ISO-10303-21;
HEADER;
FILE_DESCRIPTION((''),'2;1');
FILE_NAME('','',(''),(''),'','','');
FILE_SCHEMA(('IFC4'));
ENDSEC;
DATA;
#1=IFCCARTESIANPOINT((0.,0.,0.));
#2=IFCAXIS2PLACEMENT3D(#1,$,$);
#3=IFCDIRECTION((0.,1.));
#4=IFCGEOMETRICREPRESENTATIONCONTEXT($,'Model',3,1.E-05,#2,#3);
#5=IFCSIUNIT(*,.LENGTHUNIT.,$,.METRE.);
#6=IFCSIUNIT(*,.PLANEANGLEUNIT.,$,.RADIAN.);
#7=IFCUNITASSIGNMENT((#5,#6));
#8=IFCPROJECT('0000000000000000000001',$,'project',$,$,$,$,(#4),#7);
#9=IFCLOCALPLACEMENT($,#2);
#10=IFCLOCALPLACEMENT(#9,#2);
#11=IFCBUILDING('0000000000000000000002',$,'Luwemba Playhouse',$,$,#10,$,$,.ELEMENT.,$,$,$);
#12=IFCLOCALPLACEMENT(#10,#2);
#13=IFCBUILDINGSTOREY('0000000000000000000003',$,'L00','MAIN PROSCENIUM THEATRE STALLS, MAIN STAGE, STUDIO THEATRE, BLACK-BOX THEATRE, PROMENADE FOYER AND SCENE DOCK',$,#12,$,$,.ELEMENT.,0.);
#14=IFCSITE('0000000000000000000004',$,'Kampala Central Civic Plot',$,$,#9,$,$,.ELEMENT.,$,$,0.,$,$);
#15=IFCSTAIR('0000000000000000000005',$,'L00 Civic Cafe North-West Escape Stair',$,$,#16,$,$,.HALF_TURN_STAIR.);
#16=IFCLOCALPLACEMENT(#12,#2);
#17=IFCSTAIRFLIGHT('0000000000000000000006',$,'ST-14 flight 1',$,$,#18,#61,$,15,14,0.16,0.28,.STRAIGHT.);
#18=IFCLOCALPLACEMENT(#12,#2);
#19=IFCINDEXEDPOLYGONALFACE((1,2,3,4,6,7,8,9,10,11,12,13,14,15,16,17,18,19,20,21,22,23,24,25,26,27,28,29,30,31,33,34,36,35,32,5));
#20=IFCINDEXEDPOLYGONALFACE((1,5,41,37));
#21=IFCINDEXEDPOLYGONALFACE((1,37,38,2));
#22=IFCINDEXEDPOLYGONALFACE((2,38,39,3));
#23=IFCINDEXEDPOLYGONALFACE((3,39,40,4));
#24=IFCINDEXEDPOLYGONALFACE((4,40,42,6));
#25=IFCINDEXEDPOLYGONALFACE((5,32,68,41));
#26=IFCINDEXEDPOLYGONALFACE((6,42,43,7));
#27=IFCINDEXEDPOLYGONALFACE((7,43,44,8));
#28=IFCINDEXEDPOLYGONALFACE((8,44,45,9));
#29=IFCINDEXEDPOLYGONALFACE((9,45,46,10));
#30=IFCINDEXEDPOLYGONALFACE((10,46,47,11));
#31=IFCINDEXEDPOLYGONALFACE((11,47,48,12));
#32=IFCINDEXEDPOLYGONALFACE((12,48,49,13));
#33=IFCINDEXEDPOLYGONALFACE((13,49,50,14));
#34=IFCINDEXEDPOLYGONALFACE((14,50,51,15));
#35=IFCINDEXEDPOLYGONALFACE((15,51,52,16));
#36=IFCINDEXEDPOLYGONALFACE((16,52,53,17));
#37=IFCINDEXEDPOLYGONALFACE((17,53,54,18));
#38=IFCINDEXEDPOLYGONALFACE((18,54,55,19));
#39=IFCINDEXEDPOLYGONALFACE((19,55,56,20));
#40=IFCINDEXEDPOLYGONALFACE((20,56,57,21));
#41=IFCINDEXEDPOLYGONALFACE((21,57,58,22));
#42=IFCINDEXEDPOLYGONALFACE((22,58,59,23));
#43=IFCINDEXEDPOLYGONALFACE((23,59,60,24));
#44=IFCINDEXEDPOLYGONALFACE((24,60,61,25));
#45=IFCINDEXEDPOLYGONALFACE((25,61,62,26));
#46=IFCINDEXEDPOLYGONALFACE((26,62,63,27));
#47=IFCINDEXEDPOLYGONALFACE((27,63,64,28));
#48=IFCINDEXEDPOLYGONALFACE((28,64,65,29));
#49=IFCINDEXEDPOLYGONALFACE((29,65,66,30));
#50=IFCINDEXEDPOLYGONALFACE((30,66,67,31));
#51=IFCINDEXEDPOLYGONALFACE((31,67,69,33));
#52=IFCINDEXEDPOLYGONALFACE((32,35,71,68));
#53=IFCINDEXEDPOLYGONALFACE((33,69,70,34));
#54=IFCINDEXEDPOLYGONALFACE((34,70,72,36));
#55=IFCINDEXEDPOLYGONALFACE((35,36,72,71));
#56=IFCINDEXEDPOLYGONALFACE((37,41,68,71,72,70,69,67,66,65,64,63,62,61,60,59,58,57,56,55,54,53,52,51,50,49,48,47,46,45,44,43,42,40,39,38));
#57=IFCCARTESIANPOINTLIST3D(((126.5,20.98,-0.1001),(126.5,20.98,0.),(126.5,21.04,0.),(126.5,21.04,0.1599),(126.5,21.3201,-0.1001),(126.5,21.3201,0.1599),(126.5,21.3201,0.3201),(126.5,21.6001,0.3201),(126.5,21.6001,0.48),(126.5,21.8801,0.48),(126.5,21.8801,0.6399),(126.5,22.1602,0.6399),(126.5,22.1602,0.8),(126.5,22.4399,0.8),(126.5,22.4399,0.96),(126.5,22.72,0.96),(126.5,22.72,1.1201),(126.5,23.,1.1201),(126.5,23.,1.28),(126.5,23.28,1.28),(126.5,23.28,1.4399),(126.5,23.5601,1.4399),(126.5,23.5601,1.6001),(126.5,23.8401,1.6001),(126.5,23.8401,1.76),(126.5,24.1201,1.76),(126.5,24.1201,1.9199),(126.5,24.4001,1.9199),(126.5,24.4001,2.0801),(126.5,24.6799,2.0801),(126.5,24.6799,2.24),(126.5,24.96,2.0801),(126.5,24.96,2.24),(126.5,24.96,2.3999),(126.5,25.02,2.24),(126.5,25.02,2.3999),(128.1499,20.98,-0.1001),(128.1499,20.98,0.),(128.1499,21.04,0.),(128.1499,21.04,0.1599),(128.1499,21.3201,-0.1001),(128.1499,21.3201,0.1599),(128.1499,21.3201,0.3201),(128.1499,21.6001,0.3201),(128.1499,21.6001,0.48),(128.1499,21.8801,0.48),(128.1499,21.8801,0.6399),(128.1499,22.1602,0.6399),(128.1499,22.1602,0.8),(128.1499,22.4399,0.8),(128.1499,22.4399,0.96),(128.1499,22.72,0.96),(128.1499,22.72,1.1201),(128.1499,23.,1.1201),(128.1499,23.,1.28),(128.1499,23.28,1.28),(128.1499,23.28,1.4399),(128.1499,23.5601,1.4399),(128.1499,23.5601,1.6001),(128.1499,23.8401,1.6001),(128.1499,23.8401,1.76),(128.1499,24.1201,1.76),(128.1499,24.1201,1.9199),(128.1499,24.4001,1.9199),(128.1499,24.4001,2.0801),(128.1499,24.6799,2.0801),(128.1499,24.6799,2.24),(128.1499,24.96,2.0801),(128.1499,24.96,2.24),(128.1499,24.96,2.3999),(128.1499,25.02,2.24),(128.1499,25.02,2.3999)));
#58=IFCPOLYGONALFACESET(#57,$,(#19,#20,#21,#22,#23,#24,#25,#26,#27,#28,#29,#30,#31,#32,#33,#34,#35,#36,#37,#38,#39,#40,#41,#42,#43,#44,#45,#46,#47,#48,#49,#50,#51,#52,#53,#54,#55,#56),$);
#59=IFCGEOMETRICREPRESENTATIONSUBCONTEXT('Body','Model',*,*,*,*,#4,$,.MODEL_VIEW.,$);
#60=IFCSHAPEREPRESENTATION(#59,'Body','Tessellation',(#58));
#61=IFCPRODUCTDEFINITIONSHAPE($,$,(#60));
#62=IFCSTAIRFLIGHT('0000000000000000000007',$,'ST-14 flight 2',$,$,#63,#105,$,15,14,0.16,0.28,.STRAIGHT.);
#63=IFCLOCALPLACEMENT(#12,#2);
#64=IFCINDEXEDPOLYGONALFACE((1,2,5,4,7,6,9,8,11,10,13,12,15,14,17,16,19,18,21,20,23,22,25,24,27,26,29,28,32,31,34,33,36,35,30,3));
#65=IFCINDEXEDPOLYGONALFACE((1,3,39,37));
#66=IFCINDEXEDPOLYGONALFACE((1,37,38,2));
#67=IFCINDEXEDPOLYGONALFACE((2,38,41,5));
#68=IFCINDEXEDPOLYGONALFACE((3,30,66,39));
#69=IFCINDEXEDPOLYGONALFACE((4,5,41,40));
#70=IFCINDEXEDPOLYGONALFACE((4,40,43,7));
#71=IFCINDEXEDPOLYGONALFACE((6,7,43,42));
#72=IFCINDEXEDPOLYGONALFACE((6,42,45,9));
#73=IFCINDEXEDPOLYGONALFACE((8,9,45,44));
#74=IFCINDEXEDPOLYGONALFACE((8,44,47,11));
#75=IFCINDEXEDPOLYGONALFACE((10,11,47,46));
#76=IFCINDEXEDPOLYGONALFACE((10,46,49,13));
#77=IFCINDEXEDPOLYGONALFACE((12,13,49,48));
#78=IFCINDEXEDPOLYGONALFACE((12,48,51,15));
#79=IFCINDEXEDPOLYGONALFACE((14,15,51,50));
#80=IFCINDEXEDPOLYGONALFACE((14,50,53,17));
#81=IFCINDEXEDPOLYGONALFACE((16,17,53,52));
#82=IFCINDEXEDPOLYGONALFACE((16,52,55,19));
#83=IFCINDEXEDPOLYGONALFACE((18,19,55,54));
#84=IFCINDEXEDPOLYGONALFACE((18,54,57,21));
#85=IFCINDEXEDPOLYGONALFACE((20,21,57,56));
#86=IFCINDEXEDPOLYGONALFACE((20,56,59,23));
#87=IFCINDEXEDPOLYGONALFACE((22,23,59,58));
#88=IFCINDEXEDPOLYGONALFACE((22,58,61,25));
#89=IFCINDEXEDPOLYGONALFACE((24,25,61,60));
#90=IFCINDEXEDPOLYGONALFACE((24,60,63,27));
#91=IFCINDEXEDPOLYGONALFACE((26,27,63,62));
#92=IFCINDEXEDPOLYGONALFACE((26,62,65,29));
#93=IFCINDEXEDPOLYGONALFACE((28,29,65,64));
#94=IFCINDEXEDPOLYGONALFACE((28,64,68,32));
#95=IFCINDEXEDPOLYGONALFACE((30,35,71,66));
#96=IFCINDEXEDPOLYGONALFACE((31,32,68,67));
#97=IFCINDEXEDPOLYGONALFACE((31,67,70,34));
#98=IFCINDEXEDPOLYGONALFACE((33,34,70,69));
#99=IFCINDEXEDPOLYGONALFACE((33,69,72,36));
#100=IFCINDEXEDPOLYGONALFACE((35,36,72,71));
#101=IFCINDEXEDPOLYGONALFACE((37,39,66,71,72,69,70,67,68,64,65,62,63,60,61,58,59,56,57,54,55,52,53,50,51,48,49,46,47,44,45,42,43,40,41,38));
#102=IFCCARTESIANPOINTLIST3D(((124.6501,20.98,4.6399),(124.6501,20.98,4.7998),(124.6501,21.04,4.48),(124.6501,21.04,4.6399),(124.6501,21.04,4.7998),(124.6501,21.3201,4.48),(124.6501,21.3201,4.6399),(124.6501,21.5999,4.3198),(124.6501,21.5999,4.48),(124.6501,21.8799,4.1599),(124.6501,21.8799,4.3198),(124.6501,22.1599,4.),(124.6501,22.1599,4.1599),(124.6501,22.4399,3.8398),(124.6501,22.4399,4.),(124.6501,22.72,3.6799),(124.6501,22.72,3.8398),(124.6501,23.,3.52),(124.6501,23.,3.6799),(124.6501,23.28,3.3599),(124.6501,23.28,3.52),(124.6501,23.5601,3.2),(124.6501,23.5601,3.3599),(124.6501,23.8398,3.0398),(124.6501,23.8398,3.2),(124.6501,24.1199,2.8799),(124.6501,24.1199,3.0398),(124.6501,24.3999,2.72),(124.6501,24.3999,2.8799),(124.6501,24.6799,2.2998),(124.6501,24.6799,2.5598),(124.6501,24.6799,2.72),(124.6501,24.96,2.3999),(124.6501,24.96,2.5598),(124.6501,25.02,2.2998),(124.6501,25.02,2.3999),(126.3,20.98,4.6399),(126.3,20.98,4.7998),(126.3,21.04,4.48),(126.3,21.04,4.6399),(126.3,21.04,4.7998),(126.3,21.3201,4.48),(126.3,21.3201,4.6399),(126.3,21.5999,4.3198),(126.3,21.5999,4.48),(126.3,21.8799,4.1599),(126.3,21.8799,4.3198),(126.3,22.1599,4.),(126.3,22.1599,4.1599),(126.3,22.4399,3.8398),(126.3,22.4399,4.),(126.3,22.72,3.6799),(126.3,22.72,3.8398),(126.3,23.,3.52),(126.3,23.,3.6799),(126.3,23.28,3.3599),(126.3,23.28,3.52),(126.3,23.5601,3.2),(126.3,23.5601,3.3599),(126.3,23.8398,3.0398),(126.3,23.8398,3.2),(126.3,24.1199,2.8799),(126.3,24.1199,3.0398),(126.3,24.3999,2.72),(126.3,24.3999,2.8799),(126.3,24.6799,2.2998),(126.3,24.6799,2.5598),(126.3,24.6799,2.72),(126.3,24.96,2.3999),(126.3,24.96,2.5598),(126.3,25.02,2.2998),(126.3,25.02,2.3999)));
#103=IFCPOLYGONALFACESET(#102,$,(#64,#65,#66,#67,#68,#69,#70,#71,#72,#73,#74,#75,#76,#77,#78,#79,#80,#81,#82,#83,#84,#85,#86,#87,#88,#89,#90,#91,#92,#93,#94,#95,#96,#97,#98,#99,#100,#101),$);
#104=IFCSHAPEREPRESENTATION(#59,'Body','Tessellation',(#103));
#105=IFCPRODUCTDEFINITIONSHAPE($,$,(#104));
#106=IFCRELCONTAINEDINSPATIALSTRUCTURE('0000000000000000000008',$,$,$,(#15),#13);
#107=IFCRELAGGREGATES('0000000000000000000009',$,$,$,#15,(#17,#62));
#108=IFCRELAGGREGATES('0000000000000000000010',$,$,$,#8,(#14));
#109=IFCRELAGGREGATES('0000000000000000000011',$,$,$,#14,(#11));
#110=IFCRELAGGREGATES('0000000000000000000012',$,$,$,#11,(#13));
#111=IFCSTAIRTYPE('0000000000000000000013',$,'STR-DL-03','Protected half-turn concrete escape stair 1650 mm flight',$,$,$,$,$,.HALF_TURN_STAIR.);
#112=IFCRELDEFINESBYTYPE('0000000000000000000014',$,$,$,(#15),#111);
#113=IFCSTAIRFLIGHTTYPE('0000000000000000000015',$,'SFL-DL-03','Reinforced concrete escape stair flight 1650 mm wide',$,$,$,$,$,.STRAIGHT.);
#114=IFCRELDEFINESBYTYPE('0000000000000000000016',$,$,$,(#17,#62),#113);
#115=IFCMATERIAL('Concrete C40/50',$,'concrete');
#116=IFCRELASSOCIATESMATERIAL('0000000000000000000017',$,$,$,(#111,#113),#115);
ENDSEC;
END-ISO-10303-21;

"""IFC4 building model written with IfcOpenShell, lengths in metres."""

from ifc_helpers import new_model, si_unit, direction, frame, origin, place, context, subcontext, project, spatial, polyline, outline, extrude, material, type_object, element, aggregate, save


model = new_model("IFC4")

# Units and contexts
model_context = context("Model", 3, precision=1e-05, world=origin(), true_north=direction((0.0, 1.0)))
body_context = subcontext(model_context, "Body", "Model", "MODEL_VIEW")
ifc_project = project(units=[si_unit("LENGTHUNIT", "METRE"), si_unit("PLANEANGLEUNIT", "RADIAN")], contexts=[model_context])

# Site, building, storey
site_placement = place(None, origin())
site = spatial("IfcSite", under=ifc_project, at=site_placement, Name="Kampala Central Civic Plot", CompositionType="ELEMENT", RefElevation=0.0)
building_placement = place(site_placement, origin())
building = spatial("IfcBuilding", under=site, at=building_placement, Name="Luwemba Playhouse", CompositionType="ELEMENT")
storey_placement = place(building_placement, origin())
storey = spatial("IfcBuildingStorey", under=building, at=storey_placement, Name="L00", Description="MAIN PROSCENIUM THEATRE STALLS, MAIN STAGE, STUDIO THEATRE, BLACK-BOX THEATRE, PROMENADE FOYER AND SCENE DOCK", CompositionType="ELEMENT", Elevation=0.0)

# Shared definitions
ifc_material_1 = material(Name="Concrete C40/50", Category="concrete")

# Stair, stair flights
stair_type = type_object("IfcStairType", Name="STR-DL-03", Description="Protected half-turn concrete escape stair 1650 mm flight", PredefinedType="HALF_TURN_STAIR", material=ifc_material_1)
stair_placement = place(storey_placement, origin())
stair = element("IfcStair", 1, at=stair_placement, inside=storey, type_object=stair_type, Name="L00 Civic Cafe North-West Escape Stair", PredefinedType="HALF_TURN_STAIR")
stair_flight_type = type_object("IfcStairFlightType", Name="SFL-DL-03", Description="Reinforced concrete escape stair flight 1650 mm wide", PredefinedType="STRAIGHT", material=ifc_material_1)
stair_flight_1_placement = place(storey_placement, frame((127.325, 21.04, 0.0), z_axis=(0.0, 0.0, 1.0), x_axis=(0.0, 1.0, 0.0)))
stair_flight_1 = element("IfcStairFlight", 2, at=stair_flight_1_placement, type_object=stair_flight_type, Name="ST-14 flight 1", NumberOfRisers=15, NumberOfTreads=14, PredefinedType="STRAIGHT", RiserHeight=0.16, TreadLength=0.28, context=body_context, shape_type="SweptSolid", body=[
    extrude(outline(polyline([(-0.0601, -0.1001), (-0.0601, 0.0), (0.0, 0.0), (0.0, 0.1599), (0.28, 0.1599), (0.28, 0.3201), (0.5601, 0.3201), (0.5601, 0.48), (0.8401, 0.48), (0.8401, 0.6399), (1.1201, 0.6399), (1.1201, 0.8), (1.3999, 0.8), (1.3999, 0.96), (1.6799, 0.96), (1.6799, 1.1201), (1.96, 1.1201), (1.96, 1.28), (2.24, 1.28), (2.24, 1.4399), (2.52, 1.4399), (2.52, 1.6001), (2.8, 1.6001), (2.8, 1.76), (3.0801, 1.76), (3.0801, 1.9199), (3.3601, 1.9199), (3.3601, 2.0801), (3.6399, 2.0801), (3.6399, 2.24), (3.9199, 2.24), (3.9199, 2.3999), (3.98, 2.3999), (3.98, 2.24), (3.9199, 2.0801), (0.28, -0.1001), (-0.0601, -0.1001)])), frame((0.0, 0.825, 0.0), z_axis=(0.0, -1.0, 0.0), x_axis=(1.0, 0.0, 0.0)), (0.0, 0.0, 1.0), 1.6499),
])
stair_flight_2_placement = place(storey_placement, frame((125.4751, 24.96, 2.3999), z_axis=(0.0, 0.0, 1.0), x_axis=(0.0, -1.0, 0.0)))
stair_flight_2 = element("IfcStairFlight", 3, at=stair_flight_2_placement, type_object=stair_flight_type, Name="ST-14 flight 2", NumberOfRisers=15, NumberOfTreads=14, PredefinedType="STRAIGHT", RiserHeight=0.16, TreadLength=0.28, context=body_context, shape_type="SweptSolid", body=[
    extrude(outline(polyline([(-0.0601, -0.1001), (-0.0601, 0.0), (0.0, 0.0), (0.0, 0.1599), (0.28, 0.1599), (0.28, 0.3201), (0.5601, 0.3201), (0.5601, 0.48), (0.8401, 0.48), (0.8401, 0.6399), (1.1201, 0.6399), (1.1201, 0.8), (1.3999, 0.8), (1.3999, 0.96), (1.6799, 0.96), (1.6799, 1.1201), (1.96, 1.1201), (1.96, 1.28), (2.24, 1.28), (2.24, 1.4399), (2.52, 1.4399), (2.52, 1.6001), (2.8, 1.6001), (2.8, 1.76), (3.0801, 1.76), (3.0801, 1.9199), (3.3601, 1.9199), (3.3601, 2.0801), (3.6399, 2.0801), (3.6399, 2.24), (3.9199, 2.24), (3.9199, 2.3999), (3.98, 2.3999), (3.98, 2.24), (3.9199, 2.0801), (0.28, -0.1001), (-0.0601, -0.1001)])), frame((0.0, 0.825, 0.0), z_axis=(0.0, -1.0, 0.0), x_axis=(1.0, 0.0, 0.0)), (0.0, 0.0, 1.0), 1.6499),
])
aggregate(stair, [stair_flight_1, stair_flight_2])

save(model, "model.ifc")
